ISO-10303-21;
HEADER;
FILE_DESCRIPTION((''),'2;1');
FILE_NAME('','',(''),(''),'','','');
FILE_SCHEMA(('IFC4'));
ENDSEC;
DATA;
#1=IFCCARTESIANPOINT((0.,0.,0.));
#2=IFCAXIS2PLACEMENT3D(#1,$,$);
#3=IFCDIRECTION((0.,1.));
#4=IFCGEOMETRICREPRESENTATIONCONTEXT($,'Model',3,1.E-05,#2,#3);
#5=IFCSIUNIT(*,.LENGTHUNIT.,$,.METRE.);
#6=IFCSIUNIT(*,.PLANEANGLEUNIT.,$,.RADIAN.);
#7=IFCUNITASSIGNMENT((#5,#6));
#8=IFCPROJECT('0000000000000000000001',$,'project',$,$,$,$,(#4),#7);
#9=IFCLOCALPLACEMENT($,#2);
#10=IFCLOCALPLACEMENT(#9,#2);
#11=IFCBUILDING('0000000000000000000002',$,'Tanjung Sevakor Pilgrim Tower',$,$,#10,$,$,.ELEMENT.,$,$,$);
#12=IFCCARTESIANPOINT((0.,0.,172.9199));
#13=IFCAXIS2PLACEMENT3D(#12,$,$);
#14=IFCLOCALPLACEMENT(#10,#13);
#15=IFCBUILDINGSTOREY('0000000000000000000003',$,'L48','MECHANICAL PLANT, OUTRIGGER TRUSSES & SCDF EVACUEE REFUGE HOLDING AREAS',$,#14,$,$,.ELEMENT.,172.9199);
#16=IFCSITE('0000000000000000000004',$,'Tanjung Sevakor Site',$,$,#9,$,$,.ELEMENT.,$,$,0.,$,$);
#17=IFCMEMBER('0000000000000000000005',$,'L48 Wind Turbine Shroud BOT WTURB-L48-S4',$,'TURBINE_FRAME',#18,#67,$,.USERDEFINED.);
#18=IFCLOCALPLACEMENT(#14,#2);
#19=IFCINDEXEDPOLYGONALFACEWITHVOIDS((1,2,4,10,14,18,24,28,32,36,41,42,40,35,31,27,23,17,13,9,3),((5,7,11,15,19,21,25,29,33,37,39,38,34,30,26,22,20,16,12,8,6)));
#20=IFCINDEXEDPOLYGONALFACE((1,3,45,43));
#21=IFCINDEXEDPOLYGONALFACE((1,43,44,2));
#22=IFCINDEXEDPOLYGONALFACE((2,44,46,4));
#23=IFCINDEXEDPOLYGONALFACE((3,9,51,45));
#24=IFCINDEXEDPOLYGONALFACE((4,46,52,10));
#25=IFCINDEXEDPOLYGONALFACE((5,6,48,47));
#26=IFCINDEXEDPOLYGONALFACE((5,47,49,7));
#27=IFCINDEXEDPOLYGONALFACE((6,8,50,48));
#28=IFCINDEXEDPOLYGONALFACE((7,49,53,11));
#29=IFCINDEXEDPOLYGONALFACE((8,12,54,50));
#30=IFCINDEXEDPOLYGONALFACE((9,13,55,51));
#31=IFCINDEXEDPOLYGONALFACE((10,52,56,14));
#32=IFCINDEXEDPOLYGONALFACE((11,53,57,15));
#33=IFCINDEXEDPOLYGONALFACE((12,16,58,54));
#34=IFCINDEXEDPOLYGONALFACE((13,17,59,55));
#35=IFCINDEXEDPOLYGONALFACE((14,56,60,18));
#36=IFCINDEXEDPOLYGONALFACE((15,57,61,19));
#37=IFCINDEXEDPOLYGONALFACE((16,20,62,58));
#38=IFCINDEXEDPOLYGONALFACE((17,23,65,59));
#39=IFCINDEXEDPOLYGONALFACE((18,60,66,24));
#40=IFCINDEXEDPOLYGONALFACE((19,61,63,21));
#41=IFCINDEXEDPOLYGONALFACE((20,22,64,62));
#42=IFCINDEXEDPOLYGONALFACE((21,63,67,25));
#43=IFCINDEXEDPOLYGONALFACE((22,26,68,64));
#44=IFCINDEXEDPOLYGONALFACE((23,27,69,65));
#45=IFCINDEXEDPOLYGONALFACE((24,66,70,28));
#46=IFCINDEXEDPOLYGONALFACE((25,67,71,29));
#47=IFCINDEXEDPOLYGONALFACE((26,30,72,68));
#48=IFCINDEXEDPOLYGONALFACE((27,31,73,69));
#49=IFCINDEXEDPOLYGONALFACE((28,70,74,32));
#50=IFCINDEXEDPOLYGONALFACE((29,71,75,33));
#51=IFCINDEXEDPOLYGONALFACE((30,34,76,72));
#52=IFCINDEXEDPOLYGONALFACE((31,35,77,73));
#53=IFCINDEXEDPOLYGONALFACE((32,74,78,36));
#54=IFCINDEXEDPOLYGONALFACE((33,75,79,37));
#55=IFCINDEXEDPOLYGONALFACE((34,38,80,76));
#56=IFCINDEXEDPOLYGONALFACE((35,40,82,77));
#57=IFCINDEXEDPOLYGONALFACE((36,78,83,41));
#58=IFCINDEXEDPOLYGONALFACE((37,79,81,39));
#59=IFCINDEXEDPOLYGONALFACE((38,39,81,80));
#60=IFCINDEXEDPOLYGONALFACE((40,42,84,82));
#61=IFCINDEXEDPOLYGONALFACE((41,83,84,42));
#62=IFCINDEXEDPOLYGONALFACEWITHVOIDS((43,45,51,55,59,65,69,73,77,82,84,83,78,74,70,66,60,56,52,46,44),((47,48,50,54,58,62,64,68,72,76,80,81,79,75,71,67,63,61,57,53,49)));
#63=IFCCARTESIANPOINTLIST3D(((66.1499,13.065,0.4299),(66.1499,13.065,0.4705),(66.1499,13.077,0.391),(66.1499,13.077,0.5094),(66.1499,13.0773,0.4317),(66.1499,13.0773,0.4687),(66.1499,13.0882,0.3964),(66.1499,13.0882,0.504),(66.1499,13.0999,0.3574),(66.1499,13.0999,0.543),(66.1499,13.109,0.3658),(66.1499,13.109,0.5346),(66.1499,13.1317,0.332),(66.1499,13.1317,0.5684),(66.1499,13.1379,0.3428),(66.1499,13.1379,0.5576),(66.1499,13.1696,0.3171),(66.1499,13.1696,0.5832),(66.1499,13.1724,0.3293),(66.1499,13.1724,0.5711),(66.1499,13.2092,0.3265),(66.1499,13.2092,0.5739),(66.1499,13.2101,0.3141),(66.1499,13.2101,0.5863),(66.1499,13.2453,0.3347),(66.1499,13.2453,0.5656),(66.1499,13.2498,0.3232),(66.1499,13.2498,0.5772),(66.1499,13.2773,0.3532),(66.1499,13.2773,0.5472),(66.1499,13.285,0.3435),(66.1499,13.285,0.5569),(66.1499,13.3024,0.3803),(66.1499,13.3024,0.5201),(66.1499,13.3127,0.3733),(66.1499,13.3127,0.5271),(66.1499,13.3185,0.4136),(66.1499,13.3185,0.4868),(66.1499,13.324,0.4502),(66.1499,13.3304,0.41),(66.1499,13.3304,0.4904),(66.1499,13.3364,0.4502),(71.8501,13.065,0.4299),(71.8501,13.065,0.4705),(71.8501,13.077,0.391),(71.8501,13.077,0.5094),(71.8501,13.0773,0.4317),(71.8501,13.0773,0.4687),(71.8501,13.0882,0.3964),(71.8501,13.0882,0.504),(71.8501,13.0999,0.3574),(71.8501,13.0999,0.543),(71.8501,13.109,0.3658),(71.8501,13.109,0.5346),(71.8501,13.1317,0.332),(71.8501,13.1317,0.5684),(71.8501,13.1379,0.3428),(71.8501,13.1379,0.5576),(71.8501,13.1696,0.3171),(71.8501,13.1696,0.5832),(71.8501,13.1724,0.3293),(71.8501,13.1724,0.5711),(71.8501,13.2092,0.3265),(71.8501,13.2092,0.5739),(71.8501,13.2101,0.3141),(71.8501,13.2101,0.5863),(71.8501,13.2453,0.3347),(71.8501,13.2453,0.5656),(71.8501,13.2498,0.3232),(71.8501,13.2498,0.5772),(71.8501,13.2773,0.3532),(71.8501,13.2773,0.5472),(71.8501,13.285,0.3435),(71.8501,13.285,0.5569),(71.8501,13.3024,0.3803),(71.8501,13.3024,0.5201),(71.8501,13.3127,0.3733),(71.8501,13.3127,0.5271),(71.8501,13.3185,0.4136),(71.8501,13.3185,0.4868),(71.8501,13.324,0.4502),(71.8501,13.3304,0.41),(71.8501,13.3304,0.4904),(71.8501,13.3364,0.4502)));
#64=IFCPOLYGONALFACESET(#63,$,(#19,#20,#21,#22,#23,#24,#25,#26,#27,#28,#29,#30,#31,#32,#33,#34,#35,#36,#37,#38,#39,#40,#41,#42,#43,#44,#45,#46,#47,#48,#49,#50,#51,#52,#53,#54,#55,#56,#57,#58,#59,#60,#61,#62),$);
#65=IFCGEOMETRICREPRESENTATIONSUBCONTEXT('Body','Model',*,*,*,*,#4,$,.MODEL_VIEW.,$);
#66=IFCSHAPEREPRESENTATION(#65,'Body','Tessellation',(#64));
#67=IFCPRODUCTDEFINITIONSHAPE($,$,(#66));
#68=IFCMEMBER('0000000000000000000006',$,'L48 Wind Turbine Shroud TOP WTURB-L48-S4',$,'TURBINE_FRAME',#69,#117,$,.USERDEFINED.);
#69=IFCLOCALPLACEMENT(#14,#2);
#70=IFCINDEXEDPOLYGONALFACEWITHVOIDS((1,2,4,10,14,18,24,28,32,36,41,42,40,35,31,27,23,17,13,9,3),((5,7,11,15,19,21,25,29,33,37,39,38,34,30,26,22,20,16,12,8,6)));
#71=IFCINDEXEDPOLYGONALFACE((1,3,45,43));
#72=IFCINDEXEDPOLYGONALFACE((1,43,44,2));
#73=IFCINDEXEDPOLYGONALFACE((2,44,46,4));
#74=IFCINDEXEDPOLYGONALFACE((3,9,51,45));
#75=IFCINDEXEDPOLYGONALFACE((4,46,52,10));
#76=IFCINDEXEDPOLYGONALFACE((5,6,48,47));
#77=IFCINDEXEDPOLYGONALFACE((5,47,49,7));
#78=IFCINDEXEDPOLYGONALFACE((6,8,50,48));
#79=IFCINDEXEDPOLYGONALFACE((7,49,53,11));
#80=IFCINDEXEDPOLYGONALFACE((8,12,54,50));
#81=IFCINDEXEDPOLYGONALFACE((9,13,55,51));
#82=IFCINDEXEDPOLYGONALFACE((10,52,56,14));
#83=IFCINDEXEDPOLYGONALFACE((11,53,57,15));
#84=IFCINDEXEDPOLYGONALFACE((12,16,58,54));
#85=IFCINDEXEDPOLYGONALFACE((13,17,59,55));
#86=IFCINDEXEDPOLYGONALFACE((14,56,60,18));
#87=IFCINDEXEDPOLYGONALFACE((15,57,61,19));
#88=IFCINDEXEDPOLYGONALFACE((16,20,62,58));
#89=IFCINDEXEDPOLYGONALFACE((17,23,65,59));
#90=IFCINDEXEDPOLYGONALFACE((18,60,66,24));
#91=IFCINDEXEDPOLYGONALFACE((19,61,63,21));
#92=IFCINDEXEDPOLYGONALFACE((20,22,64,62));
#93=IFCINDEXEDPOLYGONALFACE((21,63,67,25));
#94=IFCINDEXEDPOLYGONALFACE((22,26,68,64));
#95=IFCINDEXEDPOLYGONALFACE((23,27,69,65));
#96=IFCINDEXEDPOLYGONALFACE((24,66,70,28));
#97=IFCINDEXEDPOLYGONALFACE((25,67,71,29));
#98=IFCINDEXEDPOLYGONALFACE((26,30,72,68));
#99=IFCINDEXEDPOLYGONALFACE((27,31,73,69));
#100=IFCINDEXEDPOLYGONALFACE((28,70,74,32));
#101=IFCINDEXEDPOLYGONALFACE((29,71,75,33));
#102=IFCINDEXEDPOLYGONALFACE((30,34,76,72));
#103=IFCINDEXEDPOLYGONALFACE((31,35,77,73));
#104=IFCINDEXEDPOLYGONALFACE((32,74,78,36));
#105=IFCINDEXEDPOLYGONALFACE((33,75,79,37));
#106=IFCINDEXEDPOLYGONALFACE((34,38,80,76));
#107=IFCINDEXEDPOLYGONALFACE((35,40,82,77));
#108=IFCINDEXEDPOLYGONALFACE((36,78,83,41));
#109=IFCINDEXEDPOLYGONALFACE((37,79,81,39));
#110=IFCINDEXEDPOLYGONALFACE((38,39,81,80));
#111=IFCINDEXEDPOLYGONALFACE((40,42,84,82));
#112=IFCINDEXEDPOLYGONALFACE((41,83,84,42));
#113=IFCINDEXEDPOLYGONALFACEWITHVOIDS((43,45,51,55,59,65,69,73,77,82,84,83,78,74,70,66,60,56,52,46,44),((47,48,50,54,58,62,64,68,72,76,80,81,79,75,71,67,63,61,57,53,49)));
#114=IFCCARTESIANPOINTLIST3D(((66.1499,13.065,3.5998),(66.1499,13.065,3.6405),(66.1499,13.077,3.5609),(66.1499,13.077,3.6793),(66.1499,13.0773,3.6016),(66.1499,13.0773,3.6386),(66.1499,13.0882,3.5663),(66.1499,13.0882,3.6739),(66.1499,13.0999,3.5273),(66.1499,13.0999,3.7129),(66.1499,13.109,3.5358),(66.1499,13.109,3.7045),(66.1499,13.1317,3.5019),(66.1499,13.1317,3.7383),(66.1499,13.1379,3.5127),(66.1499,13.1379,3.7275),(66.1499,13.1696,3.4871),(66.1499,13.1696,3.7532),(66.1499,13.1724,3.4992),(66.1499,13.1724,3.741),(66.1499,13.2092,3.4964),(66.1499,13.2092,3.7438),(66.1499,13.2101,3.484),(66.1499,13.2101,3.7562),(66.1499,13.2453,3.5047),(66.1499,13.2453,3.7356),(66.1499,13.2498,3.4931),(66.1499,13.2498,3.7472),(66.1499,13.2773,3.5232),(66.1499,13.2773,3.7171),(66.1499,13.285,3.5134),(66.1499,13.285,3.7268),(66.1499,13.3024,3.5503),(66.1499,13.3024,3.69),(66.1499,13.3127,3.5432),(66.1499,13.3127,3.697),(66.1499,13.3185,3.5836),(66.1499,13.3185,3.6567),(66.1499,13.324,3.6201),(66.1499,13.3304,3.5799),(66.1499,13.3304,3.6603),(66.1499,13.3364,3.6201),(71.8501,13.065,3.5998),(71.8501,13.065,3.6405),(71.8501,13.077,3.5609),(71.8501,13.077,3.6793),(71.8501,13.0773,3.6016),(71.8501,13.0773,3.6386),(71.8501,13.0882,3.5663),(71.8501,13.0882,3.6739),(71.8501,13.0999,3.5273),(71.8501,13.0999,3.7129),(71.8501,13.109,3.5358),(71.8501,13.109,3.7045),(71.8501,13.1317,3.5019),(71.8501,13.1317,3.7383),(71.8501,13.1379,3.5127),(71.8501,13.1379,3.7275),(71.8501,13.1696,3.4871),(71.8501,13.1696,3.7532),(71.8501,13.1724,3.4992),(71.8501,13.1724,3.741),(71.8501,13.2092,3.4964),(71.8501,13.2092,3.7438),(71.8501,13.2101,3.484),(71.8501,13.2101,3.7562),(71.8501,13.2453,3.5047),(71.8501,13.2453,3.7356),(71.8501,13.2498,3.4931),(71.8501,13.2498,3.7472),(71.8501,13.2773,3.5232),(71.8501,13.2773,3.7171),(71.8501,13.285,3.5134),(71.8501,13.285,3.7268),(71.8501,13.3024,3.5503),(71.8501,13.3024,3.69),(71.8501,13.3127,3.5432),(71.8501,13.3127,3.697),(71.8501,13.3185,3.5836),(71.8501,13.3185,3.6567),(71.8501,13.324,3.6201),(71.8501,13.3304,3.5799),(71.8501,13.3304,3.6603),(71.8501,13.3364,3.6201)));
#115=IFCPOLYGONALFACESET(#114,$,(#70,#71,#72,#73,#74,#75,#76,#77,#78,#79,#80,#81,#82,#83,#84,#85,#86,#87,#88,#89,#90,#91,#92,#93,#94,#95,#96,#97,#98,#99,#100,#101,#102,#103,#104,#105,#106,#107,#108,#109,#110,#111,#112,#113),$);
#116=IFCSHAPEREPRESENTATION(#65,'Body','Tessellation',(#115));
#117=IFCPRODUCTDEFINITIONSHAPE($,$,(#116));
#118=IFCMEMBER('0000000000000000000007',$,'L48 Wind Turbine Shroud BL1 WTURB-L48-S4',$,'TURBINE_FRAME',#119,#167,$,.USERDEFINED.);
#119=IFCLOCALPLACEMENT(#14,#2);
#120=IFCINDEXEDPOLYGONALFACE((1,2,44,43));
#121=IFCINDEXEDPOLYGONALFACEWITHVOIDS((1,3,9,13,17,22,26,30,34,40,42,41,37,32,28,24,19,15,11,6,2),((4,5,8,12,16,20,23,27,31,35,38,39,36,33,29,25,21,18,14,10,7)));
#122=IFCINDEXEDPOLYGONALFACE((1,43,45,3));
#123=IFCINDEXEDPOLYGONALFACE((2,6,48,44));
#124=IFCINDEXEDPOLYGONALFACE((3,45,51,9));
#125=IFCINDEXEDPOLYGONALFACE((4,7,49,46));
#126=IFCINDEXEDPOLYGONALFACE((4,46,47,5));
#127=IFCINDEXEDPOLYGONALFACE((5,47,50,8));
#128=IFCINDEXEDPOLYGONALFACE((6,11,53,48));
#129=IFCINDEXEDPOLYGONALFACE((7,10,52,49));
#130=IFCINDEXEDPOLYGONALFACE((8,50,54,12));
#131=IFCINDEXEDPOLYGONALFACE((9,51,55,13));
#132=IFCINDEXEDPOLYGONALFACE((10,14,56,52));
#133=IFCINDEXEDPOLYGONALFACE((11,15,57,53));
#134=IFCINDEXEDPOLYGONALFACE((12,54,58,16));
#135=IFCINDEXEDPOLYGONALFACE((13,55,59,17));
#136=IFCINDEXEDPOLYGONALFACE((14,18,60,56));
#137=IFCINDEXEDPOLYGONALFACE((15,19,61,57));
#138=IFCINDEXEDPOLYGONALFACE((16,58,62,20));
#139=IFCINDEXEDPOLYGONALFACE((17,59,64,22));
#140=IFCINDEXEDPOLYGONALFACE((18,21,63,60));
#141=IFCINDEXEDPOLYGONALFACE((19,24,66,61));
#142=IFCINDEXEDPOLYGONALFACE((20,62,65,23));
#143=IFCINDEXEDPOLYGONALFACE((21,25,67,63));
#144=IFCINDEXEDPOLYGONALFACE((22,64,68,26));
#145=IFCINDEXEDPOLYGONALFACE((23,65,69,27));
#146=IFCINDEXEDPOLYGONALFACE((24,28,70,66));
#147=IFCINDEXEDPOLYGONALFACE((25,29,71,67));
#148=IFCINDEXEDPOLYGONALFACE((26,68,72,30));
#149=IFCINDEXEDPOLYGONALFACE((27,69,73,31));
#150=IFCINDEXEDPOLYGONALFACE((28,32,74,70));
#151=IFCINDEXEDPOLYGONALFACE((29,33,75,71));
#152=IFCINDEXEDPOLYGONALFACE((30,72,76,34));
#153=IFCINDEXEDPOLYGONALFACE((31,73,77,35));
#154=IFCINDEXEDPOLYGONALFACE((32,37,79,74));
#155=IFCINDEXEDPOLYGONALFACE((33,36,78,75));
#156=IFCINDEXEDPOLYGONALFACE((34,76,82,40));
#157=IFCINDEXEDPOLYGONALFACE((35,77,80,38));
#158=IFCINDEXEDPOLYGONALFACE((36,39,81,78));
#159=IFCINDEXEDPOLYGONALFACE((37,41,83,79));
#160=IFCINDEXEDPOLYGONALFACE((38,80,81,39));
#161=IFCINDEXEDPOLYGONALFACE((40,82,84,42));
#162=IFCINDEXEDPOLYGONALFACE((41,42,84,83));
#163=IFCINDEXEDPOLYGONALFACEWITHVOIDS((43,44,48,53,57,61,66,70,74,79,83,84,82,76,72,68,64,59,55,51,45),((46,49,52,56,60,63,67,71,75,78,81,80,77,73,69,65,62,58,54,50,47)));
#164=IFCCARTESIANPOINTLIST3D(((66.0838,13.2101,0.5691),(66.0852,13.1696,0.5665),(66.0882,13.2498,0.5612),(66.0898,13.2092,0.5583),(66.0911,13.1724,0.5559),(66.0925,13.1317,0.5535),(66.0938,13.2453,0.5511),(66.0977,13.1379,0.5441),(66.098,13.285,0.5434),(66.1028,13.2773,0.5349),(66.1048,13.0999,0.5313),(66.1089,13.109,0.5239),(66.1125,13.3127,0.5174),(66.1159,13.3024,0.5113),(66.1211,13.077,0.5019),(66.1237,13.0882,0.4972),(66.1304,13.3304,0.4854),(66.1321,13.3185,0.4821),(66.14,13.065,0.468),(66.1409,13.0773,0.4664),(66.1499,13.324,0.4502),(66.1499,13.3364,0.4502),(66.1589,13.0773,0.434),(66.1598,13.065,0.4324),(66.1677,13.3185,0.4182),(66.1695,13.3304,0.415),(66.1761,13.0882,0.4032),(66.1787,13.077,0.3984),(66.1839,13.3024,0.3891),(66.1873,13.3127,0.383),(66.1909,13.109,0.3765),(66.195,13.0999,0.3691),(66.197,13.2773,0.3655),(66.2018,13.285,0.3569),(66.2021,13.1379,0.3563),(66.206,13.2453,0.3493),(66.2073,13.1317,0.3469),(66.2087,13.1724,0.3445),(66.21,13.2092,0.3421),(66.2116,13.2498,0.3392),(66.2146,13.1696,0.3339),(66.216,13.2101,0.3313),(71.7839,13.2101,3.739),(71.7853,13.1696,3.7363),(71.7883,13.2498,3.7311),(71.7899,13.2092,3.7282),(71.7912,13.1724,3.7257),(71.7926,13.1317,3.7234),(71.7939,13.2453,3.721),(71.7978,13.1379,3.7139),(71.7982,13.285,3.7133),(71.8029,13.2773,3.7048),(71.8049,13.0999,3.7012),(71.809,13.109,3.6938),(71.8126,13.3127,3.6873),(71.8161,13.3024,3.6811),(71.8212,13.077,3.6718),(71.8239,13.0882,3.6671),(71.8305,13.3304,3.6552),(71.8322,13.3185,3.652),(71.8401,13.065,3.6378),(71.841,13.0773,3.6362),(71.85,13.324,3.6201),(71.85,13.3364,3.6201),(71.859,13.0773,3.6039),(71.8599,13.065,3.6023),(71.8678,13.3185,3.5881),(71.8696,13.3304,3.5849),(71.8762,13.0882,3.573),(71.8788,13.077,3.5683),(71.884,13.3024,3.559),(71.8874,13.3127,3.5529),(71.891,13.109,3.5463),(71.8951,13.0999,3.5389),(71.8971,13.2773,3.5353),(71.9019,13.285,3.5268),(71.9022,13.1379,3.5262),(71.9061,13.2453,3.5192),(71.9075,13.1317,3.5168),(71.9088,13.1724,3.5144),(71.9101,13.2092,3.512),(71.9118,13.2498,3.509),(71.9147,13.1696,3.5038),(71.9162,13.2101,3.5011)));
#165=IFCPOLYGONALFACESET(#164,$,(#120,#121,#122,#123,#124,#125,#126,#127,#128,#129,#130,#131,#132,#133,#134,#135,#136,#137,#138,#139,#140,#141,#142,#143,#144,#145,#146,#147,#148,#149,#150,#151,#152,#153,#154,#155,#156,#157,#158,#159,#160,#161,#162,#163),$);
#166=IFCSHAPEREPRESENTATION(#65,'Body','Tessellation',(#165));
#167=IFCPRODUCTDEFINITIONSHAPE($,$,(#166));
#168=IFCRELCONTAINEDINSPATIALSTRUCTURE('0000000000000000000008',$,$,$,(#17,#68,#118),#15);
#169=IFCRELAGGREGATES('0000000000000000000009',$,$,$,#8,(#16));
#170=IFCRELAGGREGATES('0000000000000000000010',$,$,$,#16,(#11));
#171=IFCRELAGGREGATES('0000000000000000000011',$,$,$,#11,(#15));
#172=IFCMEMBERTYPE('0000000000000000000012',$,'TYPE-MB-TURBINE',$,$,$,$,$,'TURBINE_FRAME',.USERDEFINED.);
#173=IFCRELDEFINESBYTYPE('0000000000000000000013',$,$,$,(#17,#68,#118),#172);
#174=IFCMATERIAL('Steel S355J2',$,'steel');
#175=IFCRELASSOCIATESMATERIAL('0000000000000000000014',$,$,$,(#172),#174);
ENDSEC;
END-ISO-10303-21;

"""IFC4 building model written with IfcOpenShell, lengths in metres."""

from ifc_helpers import new_model, si_unit, direction, frame, origin, origin_2d, place, context, subcontext, project, spatial, hollow_circle, extrude, material, material_profile, profile_set, type_object, element, save


model = new_model("IFC4")

# Units and contexts
model_context = context("Model", 3, precision=1e-05, world=origin(), true_north=direction((0.0, 1.0)))
body_context = subcontext(model_context, "Body", "Model", "MODEL_VIEW")
ifc_project = project(units=[si_unit("LENGTHUNIT", "METRE"), si_unit("PLANEANGLEUNIT", "RADIAN")], contexts=[model_context])

# Site, building, storey
site_placement = place(None, origin())
site = spatial("IfcSite", under=ifc_project, at=site_placement, Name="Tanjung Sevakor Site", CompositionType="ELEMENT", RefElevation=0.0)
building_placement = place(site_placement, origin())
building = spatial("IfcBuilding", under=site, at=building_placement, Name="Tanjung Sevakor Pilgrim Tower", CompositionType="ELEMENT")
storey_placement = place(building_placement, frame((0.0, 0.0, 172.9199)))
storey = spatial("IfcBuildingStorey", under=building, at=storey_placement, Name="L48", Description="MECHANICAL PLANT, OUTRIGGER TRUSSES & SCDF EVACUEE REFUGE HOLDING AREAS", CompositionType="ELEMENT", Elevation=172.9199)

# Members
ifc_material_1 = material(Name="Steel S355J2", Category="steel")
ifc_material_profile_1 = material_profile(ifc_material_1, hollow_circle(Radius=0.1365, WallThickness=0.0125, at=origin_2d()))
ifc_profile_set_1 = profile_set([ifc_material_profile_1], Name="Steel S355J2")
member_type_1 = type_object("IfcMemberType", Name="TYPE-MB-TURBINE", ElementType="TURBINE_FRAME", PredefinedType="USERDEFINED", material=ifc_profile_set_1)
for number, where, z_axis, x_axis, name in (
    (1, (66.1499, 13.2, 0.4502), (1.0, 0.0, 0.0), (0.0, 1.0, 0.0), "L48 Wind Turbine Shroud BOT WTURB-L48-S4"),
    (2, (66.1499, 13.2, 3.6201), (1.0, 0.0, 0.0), (0.0, 1.0, 0.0), "L48 Wind Turbine Shroud TOP WTURB-L48-S4"),
):
    element("IfcMember", number, at=place(storey_placement, frame(where, z_axis=z_axis, x_axis=x_axis)), inside=storey, type_object=member_type_1, Name=name, ObjectType="TURBINE_FRAME", PredefinedType="USERDEFINED", context=body_context, shape_type="SweptSolid", body=[
        extrude(hollow_circle(Radius=0.1365, WallThickness=0.0125, at=origin_2d()), origin(), (0.0, 0.0, 1.0), 5.7002),
    ])
for number, where, z_axis, x_axis, name in (
    (3, (66.1499, 13.2, 0.4502), (0.873952, 0.0, 0.486012), (0.0, 1.0, 0.0), "L48 Wind Turbine Shroud BL1 WTURB-L48-S4"),
):
    element("IfcMember", number, at=place(storey_placement, frame(where, z_axis=z_axis, x_axis=x_axis)), inside=storey, type_object=member_type_1, Name=name, ObjectType="TURBINE_FRAME", PredefinedType="USERDEFINED", context=body_context, shape_type="SweptSolid", body=[
        extrude(hollow_circle(Radius=0.1365, WallThickness=0.0125, at=origin_2d()), origin(), (0.0, 0.0, 1.0), 6.5222),
    ])

save(model, "model.ifc")
